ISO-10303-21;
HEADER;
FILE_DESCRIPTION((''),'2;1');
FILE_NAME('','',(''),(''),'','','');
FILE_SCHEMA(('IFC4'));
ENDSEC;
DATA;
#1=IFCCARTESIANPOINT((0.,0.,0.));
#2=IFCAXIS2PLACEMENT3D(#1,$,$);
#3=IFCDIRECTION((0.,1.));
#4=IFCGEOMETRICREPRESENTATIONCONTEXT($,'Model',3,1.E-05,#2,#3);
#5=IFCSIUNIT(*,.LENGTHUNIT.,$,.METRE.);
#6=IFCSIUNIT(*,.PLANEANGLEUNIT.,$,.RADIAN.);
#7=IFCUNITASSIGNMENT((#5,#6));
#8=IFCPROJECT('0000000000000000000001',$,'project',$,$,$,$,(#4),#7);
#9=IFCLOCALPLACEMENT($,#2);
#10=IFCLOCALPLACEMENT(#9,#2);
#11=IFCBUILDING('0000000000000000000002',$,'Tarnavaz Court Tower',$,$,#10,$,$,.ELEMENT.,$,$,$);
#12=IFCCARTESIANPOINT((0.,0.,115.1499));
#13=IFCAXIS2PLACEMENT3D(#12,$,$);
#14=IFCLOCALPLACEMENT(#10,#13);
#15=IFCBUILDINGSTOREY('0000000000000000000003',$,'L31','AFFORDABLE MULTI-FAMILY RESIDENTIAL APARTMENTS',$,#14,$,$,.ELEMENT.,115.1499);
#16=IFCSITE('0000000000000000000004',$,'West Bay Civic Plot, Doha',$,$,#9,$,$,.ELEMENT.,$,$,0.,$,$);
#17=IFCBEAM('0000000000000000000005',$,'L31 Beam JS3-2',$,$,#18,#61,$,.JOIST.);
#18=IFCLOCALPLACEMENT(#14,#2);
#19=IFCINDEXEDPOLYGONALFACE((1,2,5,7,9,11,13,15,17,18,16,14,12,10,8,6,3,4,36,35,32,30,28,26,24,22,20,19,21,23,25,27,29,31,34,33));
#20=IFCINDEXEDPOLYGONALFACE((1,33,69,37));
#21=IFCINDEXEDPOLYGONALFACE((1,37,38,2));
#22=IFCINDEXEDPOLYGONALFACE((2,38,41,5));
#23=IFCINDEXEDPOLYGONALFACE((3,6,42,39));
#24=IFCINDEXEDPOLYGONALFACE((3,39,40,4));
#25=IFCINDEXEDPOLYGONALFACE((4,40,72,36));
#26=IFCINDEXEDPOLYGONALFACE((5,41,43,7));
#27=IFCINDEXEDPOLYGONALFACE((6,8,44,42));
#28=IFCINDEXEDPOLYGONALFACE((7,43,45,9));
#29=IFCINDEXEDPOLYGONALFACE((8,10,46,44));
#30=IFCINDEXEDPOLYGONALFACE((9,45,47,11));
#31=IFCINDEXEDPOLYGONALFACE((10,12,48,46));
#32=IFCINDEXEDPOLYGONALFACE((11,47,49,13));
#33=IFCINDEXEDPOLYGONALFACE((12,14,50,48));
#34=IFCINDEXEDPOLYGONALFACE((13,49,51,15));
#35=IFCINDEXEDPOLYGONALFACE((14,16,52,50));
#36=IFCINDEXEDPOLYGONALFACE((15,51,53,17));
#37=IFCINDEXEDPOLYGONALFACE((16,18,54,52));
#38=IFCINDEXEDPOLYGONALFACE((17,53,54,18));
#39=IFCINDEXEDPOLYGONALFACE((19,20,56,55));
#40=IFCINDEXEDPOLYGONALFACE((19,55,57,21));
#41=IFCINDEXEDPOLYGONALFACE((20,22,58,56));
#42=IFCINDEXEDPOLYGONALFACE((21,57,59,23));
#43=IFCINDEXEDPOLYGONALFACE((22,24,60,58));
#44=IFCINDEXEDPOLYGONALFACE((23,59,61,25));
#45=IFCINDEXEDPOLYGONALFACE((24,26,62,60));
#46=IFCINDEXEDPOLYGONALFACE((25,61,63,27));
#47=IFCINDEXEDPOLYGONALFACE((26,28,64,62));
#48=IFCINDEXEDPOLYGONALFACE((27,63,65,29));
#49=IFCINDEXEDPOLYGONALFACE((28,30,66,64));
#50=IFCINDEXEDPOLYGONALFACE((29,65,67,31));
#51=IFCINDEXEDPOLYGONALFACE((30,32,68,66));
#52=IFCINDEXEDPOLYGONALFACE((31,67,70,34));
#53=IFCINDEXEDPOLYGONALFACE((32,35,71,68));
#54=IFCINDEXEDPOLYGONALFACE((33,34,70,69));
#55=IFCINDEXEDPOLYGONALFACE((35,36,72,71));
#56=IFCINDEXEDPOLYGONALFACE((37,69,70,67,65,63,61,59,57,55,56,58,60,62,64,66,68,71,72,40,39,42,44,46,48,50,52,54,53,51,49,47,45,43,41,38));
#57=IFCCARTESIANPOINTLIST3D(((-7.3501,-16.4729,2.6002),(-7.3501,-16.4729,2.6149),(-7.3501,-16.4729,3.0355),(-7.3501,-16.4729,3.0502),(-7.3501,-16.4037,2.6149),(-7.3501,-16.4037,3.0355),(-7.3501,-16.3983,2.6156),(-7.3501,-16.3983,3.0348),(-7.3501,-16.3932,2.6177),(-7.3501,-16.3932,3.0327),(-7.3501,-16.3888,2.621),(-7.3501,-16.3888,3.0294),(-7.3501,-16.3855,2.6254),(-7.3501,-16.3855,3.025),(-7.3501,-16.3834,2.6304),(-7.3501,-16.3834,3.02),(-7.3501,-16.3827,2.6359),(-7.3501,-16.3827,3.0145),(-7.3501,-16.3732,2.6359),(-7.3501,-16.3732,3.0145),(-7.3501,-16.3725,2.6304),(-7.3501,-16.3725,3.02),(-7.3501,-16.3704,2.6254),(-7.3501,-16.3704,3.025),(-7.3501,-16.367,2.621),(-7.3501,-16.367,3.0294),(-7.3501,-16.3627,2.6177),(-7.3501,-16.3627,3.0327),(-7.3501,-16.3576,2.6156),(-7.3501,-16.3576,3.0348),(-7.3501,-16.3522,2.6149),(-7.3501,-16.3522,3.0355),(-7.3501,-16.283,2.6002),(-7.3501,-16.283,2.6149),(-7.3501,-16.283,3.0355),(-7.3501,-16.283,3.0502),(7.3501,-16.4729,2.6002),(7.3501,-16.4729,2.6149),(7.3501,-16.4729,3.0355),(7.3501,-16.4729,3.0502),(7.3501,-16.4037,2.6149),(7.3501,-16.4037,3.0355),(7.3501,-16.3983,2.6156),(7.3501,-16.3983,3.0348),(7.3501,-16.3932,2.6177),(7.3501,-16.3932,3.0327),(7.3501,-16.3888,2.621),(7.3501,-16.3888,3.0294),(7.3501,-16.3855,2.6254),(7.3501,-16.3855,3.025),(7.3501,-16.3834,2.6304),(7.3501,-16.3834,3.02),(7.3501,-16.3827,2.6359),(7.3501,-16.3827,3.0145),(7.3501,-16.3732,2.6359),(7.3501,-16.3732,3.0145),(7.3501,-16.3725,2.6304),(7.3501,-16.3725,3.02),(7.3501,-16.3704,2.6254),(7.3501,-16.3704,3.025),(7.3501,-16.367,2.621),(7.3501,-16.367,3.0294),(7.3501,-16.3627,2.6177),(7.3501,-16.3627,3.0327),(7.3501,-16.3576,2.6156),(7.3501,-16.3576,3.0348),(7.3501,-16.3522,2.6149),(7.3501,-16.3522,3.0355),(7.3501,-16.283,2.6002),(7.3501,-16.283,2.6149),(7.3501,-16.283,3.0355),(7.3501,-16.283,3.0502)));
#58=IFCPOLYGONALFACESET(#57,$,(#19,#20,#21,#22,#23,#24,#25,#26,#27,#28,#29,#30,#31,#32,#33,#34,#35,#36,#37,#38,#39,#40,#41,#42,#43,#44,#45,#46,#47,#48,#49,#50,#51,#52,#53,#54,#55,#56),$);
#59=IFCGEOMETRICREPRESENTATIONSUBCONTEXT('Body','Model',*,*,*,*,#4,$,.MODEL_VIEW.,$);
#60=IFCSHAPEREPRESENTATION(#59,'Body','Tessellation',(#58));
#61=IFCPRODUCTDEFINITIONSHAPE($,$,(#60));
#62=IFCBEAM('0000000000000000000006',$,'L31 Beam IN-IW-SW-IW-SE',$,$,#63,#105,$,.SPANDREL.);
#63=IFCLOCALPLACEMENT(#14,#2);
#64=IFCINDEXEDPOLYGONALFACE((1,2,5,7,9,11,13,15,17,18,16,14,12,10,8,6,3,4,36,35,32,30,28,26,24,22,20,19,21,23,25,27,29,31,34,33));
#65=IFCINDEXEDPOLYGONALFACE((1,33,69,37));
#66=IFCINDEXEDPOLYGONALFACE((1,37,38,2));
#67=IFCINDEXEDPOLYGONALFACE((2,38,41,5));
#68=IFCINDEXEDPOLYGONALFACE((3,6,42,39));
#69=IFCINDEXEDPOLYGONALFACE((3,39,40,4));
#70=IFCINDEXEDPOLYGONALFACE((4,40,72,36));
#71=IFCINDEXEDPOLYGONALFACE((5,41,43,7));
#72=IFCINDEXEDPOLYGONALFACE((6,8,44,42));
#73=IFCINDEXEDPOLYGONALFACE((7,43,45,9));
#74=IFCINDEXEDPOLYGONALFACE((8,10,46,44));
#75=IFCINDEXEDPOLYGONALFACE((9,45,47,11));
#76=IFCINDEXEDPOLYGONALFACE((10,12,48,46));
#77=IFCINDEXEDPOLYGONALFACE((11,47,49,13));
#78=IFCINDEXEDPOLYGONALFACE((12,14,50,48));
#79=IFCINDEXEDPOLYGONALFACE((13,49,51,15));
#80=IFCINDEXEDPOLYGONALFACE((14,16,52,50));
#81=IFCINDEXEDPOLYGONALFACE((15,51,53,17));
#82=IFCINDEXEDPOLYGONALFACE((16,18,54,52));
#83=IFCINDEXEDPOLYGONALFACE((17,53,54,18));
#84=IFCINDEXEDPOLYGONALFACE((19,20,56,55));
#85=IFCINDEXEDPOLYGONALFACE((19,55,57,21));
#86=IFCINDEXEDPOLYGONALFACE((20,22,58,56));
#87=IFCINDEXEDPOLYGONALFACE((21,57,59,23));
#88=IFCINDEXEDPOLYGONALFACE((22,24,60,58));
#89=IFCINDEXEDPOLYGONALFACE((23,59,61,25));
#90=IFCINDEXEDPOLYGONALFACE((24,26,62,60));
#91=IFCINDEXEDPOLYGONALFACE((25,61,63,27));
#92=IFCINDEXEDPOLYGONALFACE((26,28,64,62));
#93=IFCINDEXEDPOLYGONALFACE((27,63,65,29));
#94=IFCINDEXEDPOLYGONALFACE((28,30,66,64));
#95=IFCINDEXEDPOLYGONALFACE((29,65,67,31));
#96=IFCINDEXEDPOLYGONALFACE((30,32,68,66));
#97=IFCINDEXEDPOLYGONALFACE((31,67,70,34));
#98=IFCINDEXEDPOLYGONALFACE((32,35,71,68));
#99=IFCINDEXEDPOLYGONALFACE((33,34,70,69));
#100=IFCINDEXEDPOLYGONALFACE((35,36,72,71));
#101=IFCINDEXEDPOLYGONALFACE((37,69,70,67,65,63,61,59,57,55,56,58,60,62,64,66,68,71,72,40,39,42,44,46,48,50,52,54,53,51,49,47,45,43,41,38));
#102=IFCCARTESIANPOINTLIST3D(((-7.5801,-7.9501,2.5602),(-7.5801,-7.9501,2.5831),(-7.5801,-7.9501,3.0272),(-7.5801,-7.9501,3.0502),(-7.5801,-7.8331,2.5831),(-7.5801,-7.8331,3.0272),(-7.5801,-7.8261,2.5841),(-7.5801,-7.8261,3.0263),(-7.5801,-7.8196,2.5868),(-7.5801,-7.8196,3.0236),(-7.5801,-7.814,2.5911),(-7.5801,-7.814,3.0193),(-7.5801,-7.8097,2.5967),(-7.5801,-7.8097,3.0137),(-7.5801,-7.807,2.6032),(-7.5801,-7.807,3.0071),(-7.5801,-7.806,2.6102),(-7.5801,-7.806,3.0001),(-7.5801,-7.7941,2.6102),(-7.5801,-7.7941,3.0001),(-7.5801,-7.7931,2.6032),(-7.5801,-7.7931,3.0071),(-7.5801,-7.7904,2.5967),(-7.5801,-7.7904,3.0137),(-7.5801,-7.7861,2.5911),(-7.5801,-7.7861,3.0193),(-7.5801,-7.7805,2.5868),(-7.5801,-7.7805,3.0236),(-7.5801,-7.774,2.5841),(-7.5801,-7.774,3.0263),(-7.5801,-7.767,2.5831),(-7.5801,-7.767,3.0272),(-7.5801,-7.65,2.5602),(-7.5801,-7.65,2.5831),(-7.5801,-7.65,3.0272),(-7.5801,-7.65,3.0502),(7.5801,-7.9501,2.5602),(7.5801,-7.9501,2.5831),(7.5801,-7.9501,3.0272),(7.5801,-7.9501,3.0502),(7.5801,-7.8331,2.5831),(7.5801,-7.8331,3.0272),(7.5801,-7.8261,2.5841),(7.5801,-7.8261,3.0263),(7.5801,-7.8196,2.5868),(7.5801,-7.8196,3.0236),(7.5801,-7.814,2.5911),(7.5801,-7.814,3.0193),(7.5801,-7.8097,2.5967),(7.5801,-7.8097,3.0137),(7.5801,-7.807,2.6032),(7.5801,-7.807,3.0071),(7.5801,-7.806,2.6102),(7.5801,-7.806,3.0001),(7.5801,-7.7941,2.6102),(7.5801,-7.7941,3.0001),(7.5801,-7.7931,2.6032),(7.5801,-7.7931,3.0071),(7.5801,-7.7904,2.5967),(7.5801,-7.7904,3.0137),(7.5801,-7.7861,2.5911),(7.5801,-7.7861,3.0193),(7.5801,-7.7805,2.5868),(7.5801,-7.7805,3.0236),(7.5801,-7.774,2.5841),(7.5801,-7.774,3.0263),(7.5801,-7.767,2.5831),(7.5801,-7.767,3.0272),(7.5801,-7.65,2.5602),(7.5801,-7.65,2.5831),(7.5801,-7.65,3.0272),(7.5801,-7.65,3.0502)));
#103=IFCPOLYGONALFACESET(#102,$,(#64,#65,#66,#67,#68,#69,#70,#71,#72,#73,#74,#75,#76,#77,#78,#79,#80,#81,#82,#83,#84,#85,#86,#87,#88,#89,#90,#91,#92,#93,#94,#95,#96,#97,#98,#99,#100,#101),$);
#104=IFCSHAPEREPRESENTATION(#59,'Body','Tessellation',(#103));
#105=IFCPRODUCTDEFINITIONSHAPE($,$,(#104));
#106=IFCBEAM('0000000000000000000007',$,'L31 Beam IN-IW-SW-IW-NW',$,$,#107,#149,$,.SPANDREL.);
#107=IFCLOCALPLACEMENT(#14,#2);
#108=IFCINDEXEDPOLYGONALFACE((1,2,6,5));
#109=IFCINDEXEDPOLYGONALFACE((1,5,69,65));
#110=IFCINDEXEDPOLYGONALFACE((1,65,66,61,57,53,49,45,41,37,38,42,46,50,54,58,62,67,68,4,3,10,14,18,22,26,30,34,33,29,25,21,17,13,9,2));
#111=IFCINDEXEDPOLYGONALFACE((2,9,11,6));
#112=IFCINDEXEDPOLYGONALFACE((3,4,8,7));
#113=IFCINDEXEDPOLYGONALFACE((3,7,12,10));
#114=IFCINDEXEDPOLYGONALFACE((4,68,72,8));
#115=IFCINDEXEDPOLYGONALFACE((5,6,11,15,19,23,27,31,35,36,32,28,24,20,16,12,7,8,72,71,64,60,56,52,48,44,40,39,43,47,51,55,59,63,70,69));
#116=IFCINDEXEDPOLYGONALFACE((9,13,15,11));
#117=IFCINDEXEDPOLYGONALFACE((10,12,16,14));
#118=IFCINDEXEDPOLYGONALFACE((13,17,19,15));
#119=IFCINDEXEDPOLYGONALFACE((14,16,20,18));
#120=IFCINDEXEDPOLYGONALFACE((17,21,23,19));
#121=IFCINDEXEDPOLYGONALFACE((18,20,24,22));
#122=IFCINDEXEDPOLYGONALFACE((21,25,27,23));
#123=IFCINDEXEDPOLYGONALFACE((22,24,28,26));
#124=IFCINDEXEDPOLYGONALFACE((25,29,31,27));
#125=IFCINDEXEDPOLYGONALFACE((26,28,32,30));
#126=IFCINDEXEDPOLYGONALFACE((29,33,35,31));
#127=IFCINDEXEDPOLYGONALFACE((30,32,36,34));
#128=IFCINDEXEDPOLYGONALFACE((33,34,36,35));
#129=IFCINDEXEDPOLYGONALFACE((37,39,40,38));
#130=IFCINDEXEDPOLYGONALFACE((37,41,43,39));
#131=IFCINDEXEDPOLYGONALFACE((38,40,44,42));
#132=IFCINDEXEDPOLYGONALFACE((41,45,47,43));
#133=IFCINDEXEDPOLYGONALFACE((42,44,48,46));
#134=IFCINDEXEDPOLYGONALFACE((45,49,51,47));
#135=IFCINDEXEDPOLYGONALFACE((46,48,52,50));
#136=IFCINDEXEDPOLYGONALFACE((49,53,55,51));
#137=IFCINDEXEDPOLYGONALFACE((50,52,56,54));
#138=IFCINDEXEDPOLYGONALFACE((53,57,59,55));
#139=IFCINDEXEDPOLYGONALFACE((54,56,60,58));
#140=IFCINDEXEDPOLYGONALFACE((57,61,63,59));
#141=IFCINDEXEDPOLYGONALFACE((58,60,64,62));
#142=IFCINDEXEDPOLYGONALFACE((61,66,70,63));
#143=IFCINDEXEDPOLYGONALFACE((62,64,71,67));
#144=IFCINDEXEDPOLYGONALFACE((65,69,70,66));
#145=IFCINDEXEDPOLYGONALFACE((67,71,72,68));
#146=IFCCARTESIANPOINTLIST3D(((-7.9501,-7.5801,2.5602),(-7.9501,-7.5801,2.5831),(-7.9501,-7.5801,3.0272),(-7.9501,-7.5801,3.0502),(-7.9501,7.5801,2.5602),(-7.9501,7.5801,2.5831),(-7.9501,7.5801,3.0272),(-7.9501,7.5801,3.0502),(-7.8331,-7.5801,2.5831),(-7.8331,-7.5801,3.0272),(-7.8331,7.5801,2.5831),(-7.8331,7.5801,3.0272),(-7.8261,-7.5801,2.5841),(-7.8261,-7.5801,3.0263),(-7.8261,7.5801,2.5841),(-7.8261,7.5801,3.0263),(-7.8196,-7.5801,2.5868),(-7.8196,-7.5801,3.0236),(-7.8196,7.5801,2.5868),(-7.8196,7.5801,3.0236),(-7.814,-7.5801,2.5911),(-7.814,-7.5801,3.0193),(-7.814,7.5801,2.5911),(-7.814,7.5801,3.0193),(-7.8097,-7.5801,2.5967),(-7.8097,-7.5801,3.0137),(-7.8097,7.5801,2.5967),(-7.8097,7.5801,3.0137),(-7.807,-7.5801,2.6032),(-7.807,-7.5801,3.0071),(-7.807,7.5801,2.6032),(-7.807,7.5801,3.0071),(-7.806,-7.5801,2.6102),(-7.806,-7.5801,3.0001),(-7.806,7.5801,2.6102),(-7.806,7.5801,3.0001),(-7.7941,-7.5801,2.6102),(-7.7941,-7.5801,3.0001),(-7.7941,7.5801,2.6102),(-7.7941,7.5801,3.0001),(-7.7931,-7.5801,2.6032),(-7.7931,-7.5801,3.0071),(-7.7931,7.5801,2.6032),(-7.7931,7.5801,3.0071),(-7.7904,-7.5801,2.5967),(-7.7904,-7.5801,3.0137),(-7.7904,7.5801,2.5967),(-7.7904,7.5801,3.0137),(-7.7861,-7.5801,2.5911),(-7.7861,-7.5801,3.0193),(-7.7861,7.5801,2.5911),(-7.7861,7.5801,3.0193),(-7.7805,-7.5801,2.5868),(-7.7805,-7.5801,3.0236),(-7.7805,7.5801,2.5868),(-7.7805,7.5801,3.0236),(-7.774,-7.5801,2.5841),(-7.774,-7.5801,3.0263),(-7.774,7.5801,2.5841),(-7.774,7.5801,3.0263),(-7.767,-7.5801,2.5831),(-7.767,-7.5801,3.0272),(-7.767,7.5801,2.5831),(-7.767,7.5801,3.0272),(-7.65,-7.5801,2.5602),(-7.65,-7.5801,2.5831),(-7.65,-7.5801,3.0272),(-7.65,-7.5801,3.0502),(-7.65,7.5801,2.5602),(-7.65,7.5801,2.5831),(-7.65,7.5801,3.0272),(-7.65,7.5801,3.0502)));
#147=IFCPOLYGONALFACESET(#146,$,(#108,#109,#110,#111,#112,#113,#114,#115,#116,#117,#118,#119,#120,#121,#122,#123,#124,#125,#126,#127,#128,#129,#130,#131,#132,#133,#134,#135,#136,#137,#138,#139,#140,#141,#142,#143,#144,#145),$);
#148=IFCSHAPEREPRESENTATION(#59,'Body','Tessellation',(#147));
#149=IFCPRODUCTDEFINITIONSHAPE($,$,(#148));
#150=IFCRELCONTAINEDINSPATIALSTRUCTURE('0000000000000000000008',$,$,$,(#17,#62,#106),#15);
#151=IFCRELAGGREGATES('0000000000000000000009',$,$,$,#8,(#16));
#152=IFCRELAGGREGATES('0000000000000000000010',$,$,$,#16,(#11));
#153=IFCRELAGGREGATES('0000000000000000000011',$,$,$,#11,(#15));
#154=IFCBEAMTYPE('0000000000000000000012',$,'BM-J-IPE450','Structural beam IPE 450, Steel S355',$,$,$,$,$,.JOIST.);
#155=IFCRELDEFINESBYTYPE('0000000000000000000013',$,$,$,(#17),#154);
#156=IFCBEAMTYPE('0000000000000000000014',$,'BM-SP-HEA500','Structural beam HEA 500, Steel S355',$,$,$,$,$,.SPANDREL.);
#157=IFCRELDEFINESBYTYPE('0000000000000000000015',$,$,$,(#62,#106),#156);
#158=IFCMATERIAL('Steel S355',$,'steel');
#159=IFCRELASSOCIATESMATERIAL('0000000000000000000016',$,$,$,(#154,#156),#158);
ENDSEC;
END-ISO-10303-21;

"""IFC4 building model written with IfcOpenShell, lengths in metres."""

from ifc_helpers import new_model, si_unit, direction, frame, origin, origin_2d, place, context, subcontext, project, spatial, i_section, extrude, material, material_profile, profile_set, type_object, element, save


model = new_model("IFC4")

# Units and contexts
model_context = context("Model", 3, precision=1e-05, world=origin(), true_north=direction((0.0, 1.0)))
body_context = subcontext(model_context, "Body", "Model", "MODEL_VIEW")
ifc_project = project(units=[si_unit("LENGTHUNIT", "METRE"), si_unit("PLANEANGLEUNIT", "RADIAN")], contexts=[model_context])

# Site, building, storey
site_placement = place(None, origin())
site = spatial("IfcSite", under=ifc_project, at=site_placement, Name="West Bay Civic Plot, Doha", CompositionType="ELEMENT", RefElevation=0.0)
building_placement = place(site_placement, origin())
building = spatial("IfcBuilding", under=site, at=building_placement, Name="Tarnavaz Court Tower", CompositionType="ELEMENT")
storey_placement = place(building_placement, frame((0.0, 0.0, 115.1499)))
storey = spatial("IfcBuildingStorey", under=building, at=storey_placement, Name="L31", Description="AFFORDABLE MULTI-FAMILY RESIDENTIAL APARTMENTS", CompositionType="ELEMENT", Elevation=115.1499)

# Beams
ifc_material_1 = material(Name="Steel S355", Category="steel")
ifc_material_profile_1 = material_profile(ifc_material_1, i_section(OverallWidth=0.1899, OverallDepth=0.45, WebThickness=0.0095, FlangeThickness=0.0146, FilletRadius=0.021, at=origin_2d()), Name="IPE 450")
ifc_profile_set_1 = profile_set([ifc_material_profile_1], Name="Steel S355")
beam_type_1 = type_object("IfcBeamType", Name="BM-J-IPE450", Description="Structural beam IPE 450, Steel S355", PredefinedType="JOIST", material=ifc_profile_set_1)
beam_1_placement = place(storey_placement, frame((-7.3501, -16.3779, 2.8252), z_axis=(1.0, 0.0, 0.0), x_axis=(0.0, 1.0, 0.0)))
element("IfcBeam", 1, at=beam_1_placement, inside=storey, type_object=beam_type_1, Name="L31 Beam JS3-2", PredefinedType="JOIST", context=body_context, shape_type="SweptSolid", body=[
    extrude(i_section(OverallWidth=0.1899, OverallDepth=0.45, WebThickness=0.0095, FlangeThickness=0.0146, FilletRadius=0.021, at=origin_2d()), origin(), (0.0, 0.0, 1.0), 14.7002),
])
ifc_material_profile_2 = material_profile(ifc_material_1, i_section(OverallWidth=0.3, OverallDepth=0.49, WebThickness=0.012, FlangeThickness=0.0229, FilletRadius=0.0271, at=origin_2d()), Name="HEA 500")
ifc_profile_set_2 = profile_set([ifc_material_profile_2], Name="Steel S355")
beam_type_2 = type_object("IfcBeamType", Name="BM-SP-HEA500", Description="Structural beam HEA 500, Steel S355", PredefinedType="SPANDREL", material=ifc_profile_set_2)
for number, where, z_axis, x_axis, name in (
    (2, (-7.5801, -7.8, 2.8052), (1.0, 0.0, 0.0), (0.0, 1.0, 0.0), "L31 Beam IN-IW-SW-IW-SE"),
    (3, (-7.8, -7.5801, 2.8052), (0.0, 1.0, 0.0), (-1.0, 0.0, 0.0), "L31 Beam IN-IW-SW-IW-NW"),
):
    element("IfcBeam", number, at=place(storey_placement, frame(where, z_axis=z_axis, x_axis=x_axis)), inside=storey, type_object=beam_type_2, Name=name, PredefinedType="SPANDREL", context=body_context, shape_type="SweptSolid", body=[
        extrude(i_section(OverallWidth=0.3, OverallDepth=0.49, WebThickness=0.012, FlangeThickness=0.0229, FilletRadius=0.0271, at=origin_2d()), origin(), (0.0, 0.0, 1.0), 15.1602),
    ])

save(model, "model.ifc")
